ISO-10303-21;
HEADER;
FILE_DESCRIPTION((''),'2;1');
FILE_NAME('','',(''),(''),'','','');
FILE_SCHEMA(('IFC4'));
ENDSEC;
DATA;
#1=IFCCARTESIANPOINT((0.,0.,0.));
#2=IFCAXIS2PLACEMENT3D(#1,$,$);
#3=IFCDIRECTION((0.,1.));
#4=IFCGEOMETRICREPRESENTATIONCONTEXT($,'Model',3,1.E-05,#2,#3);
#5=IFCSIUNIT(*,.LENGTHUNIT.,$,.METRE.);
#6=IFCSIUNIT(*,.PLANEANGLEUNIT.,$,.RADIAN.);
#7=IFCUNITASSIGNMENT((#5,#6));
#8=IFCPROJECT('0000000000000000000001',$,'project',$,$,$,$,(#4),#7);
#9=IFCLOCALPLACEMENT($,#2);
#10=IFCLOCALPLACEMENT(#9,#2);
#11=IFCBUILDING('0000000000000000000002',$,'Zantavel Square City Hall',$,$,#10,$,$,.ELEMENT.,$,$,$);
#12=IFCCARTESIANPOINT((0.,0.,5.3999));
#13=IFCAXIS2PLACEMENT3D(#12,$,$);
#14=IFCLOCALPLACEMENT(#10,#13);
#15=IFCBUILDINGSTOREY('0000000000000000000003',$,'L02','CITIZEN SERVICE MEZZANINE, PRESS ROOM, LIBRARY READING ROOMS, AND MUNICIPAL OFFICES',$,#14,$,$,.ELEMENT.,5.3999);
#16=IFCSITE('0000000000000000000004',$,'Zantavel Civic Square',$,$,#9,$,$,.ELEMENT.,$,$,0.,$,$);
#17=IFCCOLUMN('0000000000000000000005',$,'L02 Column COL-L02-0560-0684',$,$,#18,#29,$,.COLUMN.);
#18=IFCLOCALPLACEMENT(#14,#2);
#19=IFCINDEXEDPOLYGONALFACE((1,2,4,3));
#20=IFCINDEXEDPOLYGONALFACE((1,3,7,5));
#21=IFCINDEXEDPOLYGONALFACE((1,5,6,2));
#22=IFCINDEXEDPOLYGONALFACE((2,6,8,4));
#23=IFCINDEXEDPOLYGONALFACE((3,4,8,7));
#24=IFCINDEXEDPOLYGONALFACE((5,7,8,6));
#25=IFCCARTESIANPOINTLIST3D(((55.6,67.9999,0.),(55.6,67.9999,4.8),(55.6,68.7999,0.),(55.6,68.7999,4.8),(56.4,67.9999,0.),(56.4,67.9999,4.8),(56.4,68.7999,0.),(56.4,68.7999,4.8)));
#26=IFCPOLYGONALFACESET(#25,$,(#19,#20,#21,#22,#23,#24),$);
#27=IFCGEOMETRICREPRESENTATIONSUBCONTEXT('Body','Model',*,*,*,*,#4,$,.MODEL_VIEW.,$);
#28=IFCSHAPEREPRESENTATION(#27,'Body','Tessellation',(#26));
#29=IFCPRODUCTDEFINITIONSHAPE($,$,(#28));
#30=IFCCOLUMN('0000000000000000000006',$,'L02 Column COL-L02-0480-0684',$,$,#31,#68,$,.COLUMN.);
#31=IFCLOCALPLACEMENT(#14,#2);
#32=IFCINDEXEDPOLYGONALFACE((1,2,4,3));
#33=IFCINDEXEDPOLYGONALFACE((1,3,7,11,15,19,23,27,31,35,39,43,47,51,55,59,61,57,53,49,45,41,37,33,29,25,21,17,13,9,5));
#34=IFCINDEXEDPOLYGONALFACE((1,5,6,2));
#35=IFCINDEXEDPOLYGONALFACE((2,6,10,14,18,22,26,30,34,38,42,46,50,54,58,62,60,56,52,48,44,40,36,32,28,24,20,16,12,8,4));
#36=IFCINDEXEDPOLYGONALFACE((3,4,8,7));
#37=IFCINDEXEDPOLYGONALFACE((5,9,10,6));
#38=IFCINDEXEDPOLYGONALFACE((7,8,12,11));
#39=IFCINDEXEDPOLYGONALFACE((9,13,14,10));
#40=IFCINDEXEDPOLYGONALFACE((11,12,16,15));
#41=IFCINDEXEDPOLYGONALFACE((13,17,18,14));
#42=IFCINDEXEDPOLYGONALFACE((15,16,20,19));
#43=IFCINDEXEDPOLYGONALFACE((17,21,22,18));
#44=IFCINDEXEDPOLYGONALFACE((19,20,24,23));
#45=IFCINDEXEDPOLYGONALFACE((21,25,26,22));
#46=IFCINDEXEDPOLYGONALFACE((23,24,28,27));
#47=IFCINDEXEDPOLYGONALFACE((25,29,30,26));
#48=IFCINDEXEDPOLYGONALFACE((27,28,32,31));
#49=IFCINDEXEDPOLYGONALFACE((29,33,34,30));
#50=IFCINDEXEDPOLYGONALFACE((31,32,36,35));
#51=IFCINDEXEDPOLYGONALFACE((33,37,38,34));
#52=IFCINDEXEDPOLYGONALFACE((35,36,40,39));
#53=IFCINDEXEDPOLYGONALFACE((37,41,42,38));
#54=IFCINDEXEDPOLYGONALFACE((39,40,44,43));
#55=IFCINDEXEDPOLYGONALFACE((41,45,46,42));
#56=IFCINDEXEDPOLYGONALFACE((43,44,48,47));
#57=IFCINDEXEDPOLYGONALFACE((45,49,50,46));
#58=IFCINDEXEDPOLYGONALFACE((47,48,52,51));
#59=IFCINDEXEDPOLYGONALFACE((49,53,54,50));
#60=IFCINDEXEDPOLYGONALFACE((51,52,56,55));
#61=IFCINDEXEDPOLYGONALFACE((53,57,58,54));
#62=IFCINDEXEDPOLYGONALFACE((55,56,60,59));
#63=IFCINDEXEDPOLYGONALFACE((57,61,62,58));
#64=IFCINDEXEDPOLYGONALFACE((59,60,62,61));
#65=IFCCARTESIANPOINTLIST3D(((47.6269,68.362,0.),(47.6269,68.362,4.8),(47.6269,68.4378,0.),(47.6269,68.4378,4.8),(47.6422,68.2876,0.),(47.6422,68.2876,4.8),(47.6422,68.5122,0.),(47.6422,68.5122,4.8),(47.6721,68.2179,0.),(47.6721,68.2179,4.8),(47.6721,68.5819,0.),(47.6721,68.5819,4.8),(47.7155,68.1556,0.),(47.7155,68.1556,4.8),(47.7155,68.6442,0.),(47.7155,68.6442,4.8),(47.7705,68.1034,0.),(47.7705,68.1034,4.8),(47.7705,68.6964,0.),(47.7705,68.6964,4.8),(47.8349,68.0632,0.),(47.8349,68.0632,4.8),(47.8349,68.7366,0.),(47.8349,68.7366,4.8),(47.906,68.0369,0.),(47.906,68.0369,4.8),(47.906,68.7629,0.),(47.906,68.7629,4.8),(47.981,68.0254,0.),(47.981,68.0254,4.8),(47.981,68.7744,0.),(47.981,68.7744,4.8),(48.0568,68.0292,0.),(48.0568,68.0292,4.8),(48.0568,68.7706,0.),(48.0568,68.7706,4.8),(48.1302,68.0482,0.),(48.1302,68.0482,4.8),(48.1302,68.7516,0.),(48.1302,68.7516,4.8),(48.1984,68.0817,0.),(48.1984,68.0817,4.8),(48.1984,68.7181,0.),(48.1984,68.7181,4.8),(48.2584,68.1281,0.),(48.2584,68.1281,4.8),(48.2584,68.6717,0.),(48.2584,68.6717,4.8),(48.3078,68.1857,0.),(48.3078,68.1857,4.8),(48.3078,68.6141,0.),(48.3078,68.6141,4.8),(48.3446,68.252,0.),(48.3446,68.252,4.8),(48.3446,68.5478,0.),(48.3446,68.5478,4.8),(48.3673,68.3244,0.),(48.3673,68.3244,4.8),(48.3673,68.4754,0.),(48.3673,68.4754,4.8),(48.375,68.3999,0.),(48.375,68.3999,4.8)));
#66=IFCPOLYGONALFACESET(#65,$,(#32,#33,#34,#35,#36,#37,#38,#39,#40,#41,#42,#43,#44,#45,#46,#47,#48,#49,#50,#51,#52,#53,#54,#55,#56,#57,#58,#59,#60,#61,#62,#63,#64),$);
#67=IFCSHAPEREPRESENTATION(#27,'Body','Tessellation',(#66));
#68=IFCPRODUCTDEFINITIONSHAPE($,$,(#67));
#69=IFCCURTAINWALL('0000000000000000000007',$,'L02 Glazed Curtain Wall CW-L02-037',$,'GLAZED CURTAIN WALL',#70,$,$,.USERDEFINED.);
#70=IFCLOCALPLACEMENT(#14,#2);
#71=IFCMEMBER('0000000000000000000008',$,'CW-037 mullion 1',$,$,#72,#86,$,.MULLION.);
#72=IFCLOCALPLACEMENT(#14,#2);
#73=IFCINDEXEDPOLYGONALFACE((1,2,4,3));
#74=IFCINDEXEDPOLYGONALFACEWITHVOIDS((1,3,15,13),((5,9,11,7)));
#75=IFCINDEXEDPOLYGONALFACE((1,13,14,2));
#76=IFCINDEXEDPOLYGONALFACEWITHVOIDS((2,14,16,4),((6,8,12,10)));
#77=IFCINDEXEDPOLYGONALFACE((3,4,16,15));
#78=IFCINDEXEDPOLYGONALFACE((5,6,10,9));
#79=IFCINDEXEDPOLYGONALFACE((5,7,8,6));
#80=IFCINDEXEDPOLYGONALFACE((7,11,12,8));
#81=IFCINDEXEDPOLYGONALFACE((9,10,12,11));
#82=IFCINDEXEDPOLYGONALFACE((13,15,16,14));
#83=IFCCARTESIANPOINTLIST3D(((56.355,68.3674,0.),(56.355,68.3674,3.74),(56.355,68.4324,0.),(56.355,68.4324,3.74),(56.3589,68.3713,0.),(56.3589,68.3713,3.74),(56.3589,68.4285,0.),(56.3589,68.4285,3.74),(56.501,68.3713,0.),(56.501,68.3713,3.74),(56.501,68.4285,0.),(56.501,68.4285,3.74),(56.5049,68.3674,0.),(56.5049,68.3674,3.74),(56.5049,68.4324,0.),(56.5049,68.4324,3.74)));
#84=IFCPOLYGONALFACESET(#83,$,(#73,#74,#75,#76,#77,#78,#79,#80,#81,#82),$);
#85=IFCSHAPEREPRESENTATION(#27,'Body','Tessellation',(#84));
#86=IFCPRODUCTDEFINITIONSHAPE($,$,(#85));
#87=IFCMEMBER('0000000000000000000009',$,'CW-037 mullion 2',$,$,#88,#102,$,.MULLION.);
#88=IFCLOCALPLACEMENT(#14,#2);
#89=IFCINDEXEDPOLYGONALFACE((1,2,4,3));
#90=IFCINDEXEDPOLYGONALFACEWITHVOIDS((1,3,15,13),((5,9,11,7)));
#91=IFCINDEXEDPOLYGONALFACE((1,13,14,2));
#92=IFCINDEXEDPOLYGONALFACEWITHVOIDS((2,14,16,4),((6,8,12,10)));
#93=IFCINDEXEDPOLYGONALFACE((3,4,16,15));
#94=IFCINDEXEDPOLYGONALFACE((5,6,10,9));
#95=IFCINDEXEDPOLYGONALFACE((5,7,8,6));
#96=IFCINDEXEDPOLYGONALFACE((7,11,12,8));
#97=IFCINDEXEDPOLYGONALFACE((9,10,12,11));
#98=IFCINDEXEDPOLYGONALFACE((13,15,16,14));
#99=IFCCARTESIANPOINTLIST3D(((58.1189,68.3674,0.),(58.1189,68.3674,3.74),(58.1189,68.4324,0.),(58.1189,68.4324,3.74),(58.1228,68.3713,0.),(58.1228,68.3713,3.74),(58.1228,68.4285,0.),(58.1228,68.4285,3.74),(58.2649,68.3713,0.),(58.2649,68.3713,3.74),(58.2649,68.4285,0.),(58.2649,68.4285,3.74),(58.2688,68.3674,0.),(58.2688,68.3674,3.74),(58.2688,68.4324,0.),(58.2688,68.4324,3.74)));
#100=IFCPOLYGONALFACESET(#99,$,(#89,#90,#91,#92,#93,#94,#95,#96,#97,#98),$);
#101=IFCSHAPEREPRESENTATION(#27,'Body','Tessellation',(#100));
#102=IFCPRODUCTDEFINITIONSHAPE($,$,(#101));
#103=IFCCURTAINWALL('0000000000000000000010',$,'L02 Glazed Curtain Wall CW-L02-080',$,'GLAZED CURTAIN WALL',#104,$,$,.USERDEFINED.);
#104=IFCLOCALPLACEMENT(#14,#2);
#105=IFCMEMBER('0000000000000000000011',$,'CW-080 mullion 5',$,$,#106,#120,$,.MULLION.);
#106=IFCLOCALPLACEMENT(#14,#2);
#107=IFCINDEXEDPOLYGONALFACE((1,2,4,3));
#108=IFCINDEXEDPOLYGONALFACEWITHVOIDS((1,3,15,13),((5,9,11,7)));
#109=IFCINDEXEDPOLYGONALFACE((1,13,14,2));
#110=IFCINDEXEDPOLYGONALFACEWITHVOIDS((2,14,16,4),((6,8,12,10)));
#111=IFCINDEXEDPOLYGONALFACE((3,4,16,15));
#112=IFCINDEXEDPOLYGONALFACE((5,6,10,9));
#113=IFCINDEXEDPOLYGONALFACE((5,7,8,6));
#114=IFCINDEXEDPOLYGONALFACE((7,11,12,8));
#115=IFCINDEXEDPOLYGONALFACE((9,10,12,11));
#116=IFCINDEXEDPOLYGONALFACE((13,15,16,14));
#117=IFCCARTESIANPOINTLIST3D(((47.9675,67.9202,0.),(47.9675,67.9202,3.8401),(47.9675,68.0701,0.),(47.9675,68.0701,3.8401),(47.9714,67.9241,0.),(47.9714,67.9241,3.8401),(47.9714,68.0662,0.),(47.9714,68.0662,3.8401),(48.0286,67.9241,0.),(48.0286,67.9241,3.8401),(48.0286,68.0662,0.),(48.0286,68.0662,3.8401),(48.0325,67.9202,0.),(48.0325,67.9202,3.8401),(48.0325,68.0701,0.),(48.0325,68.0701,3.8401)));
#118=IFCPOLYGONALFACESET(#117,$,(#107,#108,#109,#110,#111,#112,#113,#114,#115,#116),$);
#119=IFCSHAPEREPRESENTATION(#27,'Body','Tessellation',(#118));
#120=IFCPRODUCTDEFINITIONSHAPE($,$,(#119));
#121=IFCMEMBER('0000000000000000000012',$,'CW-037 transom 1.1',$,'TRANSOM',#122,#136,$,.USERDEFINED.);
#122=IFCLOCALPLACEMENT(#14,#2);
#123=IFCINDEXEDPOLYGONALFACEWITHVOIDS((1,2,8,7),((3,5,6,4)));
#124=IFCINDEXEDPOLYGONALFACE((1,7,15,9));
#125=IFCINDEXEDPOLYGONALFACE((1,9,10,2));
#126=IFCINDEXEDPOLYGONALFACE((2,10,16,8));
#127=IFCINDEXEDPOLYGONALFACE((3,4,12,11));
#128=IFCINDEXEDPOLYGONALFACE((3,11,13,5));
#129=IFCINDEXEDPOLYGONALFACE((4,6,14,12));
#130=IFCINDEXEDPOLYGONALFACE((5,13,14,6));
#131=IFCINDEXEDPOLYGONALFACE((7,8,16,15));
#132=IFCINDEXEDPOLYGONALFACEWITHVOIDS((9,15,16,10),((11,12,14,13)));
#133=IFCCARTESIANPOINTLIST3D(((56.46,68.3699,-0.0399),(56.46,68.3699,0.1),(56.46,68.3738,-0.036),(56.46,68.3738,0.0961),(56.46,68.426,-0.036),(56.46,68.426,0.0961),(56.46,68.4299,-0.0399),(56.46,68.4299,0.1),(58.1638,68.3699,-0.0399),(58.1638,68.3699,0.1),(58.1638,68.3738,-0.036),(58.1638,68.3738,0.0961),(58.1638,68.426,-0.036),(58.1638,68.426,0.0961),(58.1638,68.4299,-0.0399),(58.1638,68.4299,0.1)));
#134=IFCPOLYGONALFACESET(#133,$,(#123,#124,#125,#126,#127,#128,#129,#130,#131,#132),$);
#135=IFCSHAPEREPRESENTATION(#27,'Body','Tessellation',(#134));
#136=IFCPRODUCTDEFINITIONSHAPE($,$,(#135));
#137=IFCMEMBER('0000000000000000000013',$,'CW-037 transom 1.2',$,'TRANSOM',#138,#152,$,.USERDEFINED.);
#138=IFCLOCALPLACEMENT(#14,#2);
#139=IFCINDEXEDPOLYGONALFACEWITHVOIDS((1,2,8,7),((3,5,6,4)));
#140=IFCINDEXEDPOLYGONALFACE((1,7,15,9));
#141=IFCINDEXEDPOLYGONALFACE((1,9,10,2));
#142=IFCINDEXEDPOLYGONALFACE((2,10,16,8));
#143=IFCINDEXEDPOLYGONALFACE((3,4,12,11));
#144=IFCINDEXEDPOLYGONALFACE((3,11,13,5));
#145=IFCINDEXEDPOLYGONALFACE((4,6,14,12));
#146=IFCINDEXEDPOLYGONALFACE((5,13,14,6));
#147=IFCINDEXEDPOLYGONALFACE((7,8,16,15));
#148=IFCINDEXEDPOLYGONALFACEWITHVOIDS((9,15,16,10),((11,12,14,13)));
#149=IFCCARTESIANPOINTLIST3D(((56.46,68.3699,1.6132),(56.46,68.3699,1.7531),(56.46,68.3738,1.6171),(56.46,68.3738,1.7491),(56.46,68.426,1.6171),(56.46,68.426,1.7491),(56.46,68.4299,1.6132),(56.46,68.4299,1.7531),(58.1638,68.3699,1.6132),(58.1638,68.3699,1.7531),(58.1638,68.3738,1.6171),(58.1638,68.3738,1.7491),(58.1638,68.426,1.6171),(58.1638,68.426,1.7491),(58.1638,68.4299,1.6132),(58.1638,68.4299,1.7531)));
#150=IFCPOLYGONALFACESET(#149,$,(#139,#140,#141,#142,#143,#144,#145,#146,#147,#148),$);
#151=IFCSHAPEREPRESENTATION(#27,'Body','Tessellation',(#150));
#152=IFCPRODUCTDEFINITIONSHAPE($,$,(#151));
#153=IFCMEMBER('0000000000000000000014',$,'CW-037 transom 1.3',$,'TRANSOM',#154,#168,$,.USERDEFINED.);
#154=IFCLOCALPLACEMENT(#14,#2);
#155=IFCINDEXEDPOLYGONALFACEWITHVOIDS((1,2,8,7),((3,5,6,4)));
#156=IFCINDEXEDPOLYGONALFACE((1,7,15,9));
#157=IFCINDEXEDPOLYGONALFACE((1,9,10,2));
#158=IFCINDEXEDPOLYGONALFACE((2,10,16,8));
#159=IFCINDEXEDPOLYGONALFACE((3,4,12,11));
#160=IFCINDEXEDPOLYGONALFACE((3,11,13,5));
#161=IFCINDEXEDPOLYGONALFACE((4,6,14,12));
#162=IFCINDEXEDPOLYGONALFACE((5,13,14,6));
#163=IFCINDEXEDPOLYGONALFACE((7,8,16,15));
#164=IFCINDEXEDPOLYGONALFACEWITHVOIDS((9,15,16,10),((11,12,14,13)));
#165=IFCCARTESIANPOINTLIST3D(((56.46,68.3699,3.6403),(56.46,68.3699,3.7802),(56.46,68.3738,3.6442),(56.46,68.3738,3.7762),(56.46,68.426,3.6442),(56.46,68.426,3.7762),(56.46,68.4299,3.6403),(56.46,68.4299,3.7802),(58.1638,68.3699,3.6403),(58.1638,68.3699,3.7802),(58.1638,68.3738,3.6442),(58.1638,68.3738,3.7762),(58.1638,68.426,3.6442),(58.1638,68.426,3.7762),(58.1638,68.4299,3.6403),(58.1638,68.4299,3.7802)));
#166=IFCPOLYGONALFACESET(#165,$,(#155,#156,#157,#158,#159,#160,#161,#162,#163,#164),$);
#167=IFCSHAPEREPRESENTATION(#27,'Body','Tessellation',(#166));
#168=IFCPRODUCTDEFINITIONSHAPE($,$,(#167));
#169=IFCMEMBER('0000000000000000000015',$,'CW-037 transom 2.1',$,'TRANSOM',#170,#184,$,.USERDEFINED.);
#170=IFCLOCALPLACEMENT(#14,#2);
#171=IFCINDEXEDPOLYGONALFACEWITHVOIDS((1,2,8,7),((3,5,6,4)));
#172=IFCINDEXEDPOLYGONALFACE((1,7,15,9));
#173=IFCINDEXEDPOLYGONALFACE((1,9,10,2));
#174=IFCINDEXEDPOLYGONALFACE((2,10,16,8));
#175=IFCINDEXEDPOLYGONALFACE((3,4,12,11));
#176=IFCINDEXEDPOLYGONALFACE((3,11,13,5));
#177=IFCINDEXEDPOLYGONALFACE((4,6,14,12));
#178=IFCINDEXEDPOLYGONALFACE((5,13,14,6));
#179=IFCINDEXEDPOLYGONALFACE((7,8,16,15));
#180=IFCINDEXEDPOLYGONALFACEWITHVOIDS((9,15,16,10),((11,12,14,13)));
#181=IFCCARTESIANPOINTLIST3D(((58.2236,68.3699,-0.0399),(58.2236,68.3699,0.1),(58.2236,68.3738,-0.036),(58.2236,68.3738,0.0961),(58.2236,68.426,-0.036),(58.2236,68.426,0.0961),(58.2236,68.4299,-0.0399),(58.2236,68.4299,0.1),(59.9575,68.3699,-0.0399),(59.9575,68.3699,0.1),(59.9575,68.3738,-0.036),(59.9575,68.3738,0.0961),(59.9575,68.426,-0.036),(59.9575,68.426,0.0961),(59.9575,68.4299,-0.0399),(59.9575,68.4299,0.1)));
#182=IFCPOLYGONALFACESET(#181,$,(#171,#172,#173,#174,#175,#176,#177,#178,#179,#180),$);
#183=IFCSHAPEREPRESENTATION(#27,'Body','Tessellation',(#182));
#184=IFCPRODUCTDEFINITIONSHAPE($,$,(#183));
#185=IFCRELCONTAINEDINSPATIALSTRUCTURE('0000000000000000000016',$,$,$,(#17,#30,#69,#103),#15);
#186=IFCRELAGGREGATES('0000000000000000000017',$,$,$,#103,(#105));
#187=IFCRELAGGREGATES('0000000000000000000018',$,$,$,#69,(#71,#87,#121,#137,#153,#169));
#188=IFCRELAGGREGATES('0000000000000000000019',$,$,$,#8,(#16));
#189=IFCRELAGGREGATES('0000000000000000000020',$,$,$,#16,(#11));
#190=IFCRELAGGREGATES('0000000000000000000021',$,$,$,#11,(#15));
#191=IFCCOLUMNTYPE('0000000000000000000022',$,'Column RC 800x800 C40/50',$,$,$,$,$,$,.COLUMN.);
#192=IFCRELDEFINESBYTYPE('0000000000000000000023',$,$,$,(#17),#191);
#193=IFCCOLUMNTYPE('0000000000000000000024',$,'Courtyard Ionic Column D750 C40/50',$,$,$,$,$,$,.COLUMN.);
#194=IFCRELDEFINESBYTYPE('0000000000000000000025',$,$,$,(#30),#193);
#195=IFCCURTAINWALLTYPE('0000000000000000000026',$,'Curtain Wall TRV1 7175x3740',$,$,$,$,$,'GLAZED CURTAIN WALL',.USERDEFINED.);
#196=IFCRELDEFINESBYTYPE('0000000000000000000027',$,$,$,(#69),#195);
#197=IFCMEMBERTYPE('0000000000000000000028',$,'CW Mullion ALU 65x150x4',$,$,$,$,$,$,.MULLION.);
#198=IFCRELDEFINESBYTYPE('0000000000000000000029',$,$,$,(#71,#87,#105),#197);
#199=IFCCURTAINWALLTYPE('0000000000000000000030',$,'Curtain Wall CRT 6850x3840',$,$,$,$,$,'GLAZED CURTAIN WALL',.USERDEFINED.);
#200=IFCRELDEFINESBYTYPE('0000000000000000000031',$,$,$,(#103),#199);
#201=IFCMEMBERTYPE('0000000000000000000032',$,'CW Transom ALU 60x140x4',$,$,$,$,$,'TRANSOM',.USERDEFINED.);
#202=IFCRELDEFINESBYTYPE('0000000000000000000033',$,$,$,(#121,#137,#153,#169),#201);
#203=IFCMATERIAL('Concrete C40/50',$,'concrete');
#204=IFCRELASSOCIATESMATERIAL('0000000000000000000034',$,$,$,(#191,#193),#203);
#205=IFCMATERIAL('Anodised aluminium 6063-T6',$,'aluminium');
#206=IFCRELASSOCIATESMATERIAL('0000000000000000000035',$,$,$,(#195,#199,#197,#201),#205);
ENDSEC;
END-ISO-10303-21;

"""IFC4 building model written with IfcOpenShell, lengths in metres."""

from ifc_helpers import new_model, si_unit, direction, frame, origin, origin_2d, place, context, subcontext, project, spatial, rectangle, hollow_rectangle, circle, extrude, material, material_profile, profile_set, type_object, element, aggregate, save


model = new_model("IFC4")

# Units and contexts
model_context = context("Model", 3, precision=1e-05, world=origin(), true_north=direction((0.0, 1.0)))
body_context = subcontext(model_context, "Body", "Model", "MODEL_VIEW")
ifc_project = project(units=[si_unit("LENGTHUNIT", "METRE"), si_unit("PLANEANGLEUNIT", "RADIAN")], contexts=[model_context])

# Site, building, storey
site_placement = place(None, origin())
site = spatial("IfcSite", under=ifc_project, at=site_placement, Name="Zantavel Civic Square", CompositionType="ELEMENT", RefElevation=0.0)
building_placement = place(site_placement, origin())
building = spatial("IfcBuilding", under=site, at=building_placement, Name="Zantavel Square City Hall", CompositionType="ELEMENT")
storey_placement = place(building_placement, frame((0.0, 0.0, 5.3999)))
storey = spatial("IfcBuildingStorey", under=building, at=storey_placement, Name="L02", Description="CITIZEN SERVICE MEZZANINE, PRESS ROOM, LIBRARY READING ROOMS, AND MUNICIPAL OFFICES", CompositionType="ELEMENT", Elevation=5.3999)

# Columns
ifc_material_1 = material(Name="Concrete C40/50", Category="concrete")
ifc_material_profile_1 = material_profile(ifc_material_1, rectangle(XDim=0.8, YDim=0.8, at=origin_2d()), Name="RC 800x800")
ifc_profile_set_1 = profile_set([ifc_material_profile_1], Name="Concrete C40/50")
column_type_1 = type_object("IfcColumnType", Name="Column RC 800x800 C40/50", PredefinedType="COLUMN", material=ifc_profile_set_1)
column_1_placement = place(storey_placement, frame((56.0, 68.3999, 0.0), z_axis=(0.0, 0.0, 1.0), x_axis=(1.0, 0.0, 0.0)))
element("IfcColumn", 1, at=column_1_placement, inside=storey, type_object=column_type_1, Name="L02 Column COL-L02-0560-0684", PredefinedType="COLUMN", context=body_context, shape_type="SweptSolid", body=[
    extrude(rectangle(XDim=0.8, YDim=0.8, at=origin_2d()), origin(), (0.0, 0.0, 1.0), 4.8),
])
ifc_material_profile_2 = material_profile(ifc_material_1, circle(Radius=0.375, at=origin_2d()), Name="ROUND D750")
ifc_profile_set_2 = profile_set([ifc_material_profile_2], Name="Concrete C40/50")
column_type_2 = type_object("IfcColumnType", Name="Courtyard Ionic Column D750 C40/50", PredefinedType="COLUMN", material=ifc_profile_set_2)
column_2_placement = place(storey_placement, frame((48.0, 68.3999, 0.0), z_axis=(0.0, 0.0, 1.0), x_axis=(1.0, 0.0, 0.0)))
element("IfcColumn", 2, at=column_2_placement, inside=storey, type_object=column_type_2, Name="L02 Column COL-L02-0480-0684", PredefinedType="COLUMN", context=body_context, shape_type="SweptSolid", body=[
    extrude(circle(Radius=0.375, at=origin_2d()), origin(), (0.0, 0.0, 1.0), 4.8),
])

# Curtain wall, members
ifc_material_2 = material(Name="Anodised aluminium 6063-T6", Category="aluminium")
curtain_wall_type_1 = type_object("IfcCurtainWallType", Name="Curtain Wall TRV1 7175x3740", ElementType="GLAZED CURTAIN WALL", PredefinedType="USERDEFINED", material=ifc_material_2)
curtain_wall_1_placement = place(storey_placement, origin())
curtain_wall_1 = element("IfcCurtainWall", 3, at=curtain_wall_1_placement, inside=storey, type_object=curtain_wall_type_1, Name="L02 Glazed Curtain Wall CW-L02-037", ObjectType="GLAZED CURTAIN WALL", PredefinedType="USERDEFINED")
ifc_material_profile_3 = material_profile(ifc_material_2, hollow_rectangle(XDim=0.0649, YDim=0.1499, WallThickness=0.0039, at=origin_2d()), Name="ALU 65x150x4")
ifc_profile_set_3 = profile_set([ifc_material_profile_3], Name="Anodised aluminium 6063-T6")
member_type_1 = type_object("IfcMemberType", Name="CW Mullion ALU 65x150x4", PredefinedType="MULLION", material=ifc_profile_set_3)
member_1_placement = place(storey_placement, frame((56.4299, 68.3999, 0.0), z_axis=(0.0, 0.0, 1.0), x_axis=(0.0, 1.0, 0.0)))
member_1 = element("IfcMember", 4, at=member_1_placement, type_object=member_type_1, Name="CW-037 mullion 1", PredefinedType="MULLION", context=body_context, shape_type="SweptSolid", body=[
    extrude(hollow_rectangle(XDim=0.0649, YDim=0.1499, WallThickness=0.0039, at=origin_2d()), origin(), (0.0, 0.0, 1.0), 3.74),
])
member_2_placement = place(storey_placement, frame((58.1938, 68.3999, 0.0), z_axis=(0.0, 0.0, 1.0), x_axis=(0.0, 1.0, 0.0)))
member_2 = element("IfcMember", 5, at=member_2_placement, type_object=member_type_1, Name="CW-037 mullion 2", PredefinedType="MULLION", context=body_context, shape_type="SweptSolid", body=[
    extrude(hollow_rectangle(XDim=0.0649, YDim=0.1499, WallThickness=0.0039, at=origin_2d()), origin(), (0.0, 0.0, 1.0), 3.74),
])

# Curtain wall, member
curtain_wall_type_2 = type_object("IfcCurtainWallType", Name="Curtain Wall CRT 6850x3840", ElementType="GLAZED CURTAIN WALL", PredefinedType="USERDEFINED", material=ifc_material_2)
curtain_wall_2_placement = place(storey_placement, origin())
curtain_wall_2 = element("IfcCurtainWall", 6, at=curtain_wall_2_placement, inside=storey, type_object=curtain_wall_type_2, Name="L02 Glazed Curtain Wall CW-L02-080", ObjectType="GLAZED CURTAIN WALL", PredefinedType="USERDEFINED")
member_3_placement = place(storey_placement, frame((48.0, 67.9951, 0.0), z_axis=(0.0, 0.0, 1.0), x_axis=(-1.0, 0.0, 0.0)))
member_3 = element("IfcMember", 7, at=member_3_placement, type_object=member_type_1, Name="CW-080 mullion 5", PredefinedType="MULLION", context=body_context, shape_type="SweptSolid", body=[
    extrude(hollow_rectangle(XDim=0.0649, YDim=0.1499, WallThickness=0.0039, at=origin_2d()), origin(), (0.0, 0.0, 1.0), 3.8401),
])

# Members
ifc_material_profile_4 = material_profile(ifc_material_2, hollow_rectangle(XDim=0.0601, YDim=0.1399, WallThickness=0.0039, at=origin_2d()), Name="ALU 60x140x4")
ifc_profile_set_4 = profile_set([ifc_material_profile_4], Name="Anodised aluminium 6063-T6")
member_type_2 = type_object("IfcMemberType", Name="CW Transom ALU 60x140x4", ElementType="TRANSOM", PredefinedType="USERDEFINED", material=ifc_profile_set_4)
member_4_placement = place(storey_placement, frame((56.46, 68.3999, 0.03), z_axis=(1.0, 0.0, 0.0), x_axis=(0.0, 1.0, 0.0)))
member_4 = element("IfcMember", 8, at=member_4_placement, type_object=member_type_2, Name="CW-037 transom 1.1", ObjectType="TRANSOM", PredefinedType="USERDEFINED", context=body_context, shape_type="SweptSolid", body=[
    extrude(hollow_rectangle(XDim=0.0601, YDim=0.1399, WallThickness=0.0039, at=origin_2d()), origin(), (0.0, 0.0, 1.0), 1.7039),
])
member_5_placement = place(storey_placement, frame((56.46, 68.3999, 1.6831), z_axis=(1.0, 0.0, 0.0), x_axis=(0.0, 1.0, 0.0)))
member_5 = element("IfcMember", 9, at=member_5_placement, type_object=member_type_2, Name="CW-037 transom 1.2", ObjectType="TRANSOM", PredefinedType="USERDEFINED", context=body_context, shape_type="SweptSolid", body=[
    extrude(hollow_rectangle(XDim=0.0601, YDim=0.1399, WallThickness=0.0039, at=origin_2d()), origin(), (0.0, 0.0, 1.0), 1.7039),
])
member_6_placement = place(storey_placement, frame((56.46, 68.3999, 3.7102), z_axis=(1.0, 0.0, 0.0), x_axis=(0.0, 1.0, 0.0)))
member_6 = element("IfcMember", 10, at=member_6_placement, type_object=member_type_2, Name="CW-037 transom 1.3", ObjectType="TRANSOM", PredefinedType="USERDEFINED", context=body_context, shape_type="SweptSolid", body=[
    extrude(hollow_rectangle(XDim=0.0601, YDim=0.1399, WallThickness=0.0039, at=origin_2d()), origin(), (0.0, 0.0, 1.0), 1.7039),
])
member_7_placement = place(storey_placement, frame((58.2236, 68.3999, 0.03), z_axis=(1.0, 0.0, 0.0), x_axis=(0.0, 1.0, 0.0)))
member_7 = element("IfcMember", 11, at=member_7_placement, type_object=member_type_2, Name="CW-037 transom 2.1", ObjectType="TRANSOM", PredefinedType="USERDEFINED", context=body_context, shape_type="SweptSolid", body=[
    extrude(hollow_rectangle(XDim=0.0601, YDim=0.1399, WallThickness=0.0039, at=origin_2d()), origin(), (0.0, 0.0, 1.0), 1.7339),
])

aggregate(curtain_wall_2, [member_3])
aggregate(curtain_wall_1, [member_1, member_2, member_4, member_5, member_6, member_7])

save(model, "model.ifc")
